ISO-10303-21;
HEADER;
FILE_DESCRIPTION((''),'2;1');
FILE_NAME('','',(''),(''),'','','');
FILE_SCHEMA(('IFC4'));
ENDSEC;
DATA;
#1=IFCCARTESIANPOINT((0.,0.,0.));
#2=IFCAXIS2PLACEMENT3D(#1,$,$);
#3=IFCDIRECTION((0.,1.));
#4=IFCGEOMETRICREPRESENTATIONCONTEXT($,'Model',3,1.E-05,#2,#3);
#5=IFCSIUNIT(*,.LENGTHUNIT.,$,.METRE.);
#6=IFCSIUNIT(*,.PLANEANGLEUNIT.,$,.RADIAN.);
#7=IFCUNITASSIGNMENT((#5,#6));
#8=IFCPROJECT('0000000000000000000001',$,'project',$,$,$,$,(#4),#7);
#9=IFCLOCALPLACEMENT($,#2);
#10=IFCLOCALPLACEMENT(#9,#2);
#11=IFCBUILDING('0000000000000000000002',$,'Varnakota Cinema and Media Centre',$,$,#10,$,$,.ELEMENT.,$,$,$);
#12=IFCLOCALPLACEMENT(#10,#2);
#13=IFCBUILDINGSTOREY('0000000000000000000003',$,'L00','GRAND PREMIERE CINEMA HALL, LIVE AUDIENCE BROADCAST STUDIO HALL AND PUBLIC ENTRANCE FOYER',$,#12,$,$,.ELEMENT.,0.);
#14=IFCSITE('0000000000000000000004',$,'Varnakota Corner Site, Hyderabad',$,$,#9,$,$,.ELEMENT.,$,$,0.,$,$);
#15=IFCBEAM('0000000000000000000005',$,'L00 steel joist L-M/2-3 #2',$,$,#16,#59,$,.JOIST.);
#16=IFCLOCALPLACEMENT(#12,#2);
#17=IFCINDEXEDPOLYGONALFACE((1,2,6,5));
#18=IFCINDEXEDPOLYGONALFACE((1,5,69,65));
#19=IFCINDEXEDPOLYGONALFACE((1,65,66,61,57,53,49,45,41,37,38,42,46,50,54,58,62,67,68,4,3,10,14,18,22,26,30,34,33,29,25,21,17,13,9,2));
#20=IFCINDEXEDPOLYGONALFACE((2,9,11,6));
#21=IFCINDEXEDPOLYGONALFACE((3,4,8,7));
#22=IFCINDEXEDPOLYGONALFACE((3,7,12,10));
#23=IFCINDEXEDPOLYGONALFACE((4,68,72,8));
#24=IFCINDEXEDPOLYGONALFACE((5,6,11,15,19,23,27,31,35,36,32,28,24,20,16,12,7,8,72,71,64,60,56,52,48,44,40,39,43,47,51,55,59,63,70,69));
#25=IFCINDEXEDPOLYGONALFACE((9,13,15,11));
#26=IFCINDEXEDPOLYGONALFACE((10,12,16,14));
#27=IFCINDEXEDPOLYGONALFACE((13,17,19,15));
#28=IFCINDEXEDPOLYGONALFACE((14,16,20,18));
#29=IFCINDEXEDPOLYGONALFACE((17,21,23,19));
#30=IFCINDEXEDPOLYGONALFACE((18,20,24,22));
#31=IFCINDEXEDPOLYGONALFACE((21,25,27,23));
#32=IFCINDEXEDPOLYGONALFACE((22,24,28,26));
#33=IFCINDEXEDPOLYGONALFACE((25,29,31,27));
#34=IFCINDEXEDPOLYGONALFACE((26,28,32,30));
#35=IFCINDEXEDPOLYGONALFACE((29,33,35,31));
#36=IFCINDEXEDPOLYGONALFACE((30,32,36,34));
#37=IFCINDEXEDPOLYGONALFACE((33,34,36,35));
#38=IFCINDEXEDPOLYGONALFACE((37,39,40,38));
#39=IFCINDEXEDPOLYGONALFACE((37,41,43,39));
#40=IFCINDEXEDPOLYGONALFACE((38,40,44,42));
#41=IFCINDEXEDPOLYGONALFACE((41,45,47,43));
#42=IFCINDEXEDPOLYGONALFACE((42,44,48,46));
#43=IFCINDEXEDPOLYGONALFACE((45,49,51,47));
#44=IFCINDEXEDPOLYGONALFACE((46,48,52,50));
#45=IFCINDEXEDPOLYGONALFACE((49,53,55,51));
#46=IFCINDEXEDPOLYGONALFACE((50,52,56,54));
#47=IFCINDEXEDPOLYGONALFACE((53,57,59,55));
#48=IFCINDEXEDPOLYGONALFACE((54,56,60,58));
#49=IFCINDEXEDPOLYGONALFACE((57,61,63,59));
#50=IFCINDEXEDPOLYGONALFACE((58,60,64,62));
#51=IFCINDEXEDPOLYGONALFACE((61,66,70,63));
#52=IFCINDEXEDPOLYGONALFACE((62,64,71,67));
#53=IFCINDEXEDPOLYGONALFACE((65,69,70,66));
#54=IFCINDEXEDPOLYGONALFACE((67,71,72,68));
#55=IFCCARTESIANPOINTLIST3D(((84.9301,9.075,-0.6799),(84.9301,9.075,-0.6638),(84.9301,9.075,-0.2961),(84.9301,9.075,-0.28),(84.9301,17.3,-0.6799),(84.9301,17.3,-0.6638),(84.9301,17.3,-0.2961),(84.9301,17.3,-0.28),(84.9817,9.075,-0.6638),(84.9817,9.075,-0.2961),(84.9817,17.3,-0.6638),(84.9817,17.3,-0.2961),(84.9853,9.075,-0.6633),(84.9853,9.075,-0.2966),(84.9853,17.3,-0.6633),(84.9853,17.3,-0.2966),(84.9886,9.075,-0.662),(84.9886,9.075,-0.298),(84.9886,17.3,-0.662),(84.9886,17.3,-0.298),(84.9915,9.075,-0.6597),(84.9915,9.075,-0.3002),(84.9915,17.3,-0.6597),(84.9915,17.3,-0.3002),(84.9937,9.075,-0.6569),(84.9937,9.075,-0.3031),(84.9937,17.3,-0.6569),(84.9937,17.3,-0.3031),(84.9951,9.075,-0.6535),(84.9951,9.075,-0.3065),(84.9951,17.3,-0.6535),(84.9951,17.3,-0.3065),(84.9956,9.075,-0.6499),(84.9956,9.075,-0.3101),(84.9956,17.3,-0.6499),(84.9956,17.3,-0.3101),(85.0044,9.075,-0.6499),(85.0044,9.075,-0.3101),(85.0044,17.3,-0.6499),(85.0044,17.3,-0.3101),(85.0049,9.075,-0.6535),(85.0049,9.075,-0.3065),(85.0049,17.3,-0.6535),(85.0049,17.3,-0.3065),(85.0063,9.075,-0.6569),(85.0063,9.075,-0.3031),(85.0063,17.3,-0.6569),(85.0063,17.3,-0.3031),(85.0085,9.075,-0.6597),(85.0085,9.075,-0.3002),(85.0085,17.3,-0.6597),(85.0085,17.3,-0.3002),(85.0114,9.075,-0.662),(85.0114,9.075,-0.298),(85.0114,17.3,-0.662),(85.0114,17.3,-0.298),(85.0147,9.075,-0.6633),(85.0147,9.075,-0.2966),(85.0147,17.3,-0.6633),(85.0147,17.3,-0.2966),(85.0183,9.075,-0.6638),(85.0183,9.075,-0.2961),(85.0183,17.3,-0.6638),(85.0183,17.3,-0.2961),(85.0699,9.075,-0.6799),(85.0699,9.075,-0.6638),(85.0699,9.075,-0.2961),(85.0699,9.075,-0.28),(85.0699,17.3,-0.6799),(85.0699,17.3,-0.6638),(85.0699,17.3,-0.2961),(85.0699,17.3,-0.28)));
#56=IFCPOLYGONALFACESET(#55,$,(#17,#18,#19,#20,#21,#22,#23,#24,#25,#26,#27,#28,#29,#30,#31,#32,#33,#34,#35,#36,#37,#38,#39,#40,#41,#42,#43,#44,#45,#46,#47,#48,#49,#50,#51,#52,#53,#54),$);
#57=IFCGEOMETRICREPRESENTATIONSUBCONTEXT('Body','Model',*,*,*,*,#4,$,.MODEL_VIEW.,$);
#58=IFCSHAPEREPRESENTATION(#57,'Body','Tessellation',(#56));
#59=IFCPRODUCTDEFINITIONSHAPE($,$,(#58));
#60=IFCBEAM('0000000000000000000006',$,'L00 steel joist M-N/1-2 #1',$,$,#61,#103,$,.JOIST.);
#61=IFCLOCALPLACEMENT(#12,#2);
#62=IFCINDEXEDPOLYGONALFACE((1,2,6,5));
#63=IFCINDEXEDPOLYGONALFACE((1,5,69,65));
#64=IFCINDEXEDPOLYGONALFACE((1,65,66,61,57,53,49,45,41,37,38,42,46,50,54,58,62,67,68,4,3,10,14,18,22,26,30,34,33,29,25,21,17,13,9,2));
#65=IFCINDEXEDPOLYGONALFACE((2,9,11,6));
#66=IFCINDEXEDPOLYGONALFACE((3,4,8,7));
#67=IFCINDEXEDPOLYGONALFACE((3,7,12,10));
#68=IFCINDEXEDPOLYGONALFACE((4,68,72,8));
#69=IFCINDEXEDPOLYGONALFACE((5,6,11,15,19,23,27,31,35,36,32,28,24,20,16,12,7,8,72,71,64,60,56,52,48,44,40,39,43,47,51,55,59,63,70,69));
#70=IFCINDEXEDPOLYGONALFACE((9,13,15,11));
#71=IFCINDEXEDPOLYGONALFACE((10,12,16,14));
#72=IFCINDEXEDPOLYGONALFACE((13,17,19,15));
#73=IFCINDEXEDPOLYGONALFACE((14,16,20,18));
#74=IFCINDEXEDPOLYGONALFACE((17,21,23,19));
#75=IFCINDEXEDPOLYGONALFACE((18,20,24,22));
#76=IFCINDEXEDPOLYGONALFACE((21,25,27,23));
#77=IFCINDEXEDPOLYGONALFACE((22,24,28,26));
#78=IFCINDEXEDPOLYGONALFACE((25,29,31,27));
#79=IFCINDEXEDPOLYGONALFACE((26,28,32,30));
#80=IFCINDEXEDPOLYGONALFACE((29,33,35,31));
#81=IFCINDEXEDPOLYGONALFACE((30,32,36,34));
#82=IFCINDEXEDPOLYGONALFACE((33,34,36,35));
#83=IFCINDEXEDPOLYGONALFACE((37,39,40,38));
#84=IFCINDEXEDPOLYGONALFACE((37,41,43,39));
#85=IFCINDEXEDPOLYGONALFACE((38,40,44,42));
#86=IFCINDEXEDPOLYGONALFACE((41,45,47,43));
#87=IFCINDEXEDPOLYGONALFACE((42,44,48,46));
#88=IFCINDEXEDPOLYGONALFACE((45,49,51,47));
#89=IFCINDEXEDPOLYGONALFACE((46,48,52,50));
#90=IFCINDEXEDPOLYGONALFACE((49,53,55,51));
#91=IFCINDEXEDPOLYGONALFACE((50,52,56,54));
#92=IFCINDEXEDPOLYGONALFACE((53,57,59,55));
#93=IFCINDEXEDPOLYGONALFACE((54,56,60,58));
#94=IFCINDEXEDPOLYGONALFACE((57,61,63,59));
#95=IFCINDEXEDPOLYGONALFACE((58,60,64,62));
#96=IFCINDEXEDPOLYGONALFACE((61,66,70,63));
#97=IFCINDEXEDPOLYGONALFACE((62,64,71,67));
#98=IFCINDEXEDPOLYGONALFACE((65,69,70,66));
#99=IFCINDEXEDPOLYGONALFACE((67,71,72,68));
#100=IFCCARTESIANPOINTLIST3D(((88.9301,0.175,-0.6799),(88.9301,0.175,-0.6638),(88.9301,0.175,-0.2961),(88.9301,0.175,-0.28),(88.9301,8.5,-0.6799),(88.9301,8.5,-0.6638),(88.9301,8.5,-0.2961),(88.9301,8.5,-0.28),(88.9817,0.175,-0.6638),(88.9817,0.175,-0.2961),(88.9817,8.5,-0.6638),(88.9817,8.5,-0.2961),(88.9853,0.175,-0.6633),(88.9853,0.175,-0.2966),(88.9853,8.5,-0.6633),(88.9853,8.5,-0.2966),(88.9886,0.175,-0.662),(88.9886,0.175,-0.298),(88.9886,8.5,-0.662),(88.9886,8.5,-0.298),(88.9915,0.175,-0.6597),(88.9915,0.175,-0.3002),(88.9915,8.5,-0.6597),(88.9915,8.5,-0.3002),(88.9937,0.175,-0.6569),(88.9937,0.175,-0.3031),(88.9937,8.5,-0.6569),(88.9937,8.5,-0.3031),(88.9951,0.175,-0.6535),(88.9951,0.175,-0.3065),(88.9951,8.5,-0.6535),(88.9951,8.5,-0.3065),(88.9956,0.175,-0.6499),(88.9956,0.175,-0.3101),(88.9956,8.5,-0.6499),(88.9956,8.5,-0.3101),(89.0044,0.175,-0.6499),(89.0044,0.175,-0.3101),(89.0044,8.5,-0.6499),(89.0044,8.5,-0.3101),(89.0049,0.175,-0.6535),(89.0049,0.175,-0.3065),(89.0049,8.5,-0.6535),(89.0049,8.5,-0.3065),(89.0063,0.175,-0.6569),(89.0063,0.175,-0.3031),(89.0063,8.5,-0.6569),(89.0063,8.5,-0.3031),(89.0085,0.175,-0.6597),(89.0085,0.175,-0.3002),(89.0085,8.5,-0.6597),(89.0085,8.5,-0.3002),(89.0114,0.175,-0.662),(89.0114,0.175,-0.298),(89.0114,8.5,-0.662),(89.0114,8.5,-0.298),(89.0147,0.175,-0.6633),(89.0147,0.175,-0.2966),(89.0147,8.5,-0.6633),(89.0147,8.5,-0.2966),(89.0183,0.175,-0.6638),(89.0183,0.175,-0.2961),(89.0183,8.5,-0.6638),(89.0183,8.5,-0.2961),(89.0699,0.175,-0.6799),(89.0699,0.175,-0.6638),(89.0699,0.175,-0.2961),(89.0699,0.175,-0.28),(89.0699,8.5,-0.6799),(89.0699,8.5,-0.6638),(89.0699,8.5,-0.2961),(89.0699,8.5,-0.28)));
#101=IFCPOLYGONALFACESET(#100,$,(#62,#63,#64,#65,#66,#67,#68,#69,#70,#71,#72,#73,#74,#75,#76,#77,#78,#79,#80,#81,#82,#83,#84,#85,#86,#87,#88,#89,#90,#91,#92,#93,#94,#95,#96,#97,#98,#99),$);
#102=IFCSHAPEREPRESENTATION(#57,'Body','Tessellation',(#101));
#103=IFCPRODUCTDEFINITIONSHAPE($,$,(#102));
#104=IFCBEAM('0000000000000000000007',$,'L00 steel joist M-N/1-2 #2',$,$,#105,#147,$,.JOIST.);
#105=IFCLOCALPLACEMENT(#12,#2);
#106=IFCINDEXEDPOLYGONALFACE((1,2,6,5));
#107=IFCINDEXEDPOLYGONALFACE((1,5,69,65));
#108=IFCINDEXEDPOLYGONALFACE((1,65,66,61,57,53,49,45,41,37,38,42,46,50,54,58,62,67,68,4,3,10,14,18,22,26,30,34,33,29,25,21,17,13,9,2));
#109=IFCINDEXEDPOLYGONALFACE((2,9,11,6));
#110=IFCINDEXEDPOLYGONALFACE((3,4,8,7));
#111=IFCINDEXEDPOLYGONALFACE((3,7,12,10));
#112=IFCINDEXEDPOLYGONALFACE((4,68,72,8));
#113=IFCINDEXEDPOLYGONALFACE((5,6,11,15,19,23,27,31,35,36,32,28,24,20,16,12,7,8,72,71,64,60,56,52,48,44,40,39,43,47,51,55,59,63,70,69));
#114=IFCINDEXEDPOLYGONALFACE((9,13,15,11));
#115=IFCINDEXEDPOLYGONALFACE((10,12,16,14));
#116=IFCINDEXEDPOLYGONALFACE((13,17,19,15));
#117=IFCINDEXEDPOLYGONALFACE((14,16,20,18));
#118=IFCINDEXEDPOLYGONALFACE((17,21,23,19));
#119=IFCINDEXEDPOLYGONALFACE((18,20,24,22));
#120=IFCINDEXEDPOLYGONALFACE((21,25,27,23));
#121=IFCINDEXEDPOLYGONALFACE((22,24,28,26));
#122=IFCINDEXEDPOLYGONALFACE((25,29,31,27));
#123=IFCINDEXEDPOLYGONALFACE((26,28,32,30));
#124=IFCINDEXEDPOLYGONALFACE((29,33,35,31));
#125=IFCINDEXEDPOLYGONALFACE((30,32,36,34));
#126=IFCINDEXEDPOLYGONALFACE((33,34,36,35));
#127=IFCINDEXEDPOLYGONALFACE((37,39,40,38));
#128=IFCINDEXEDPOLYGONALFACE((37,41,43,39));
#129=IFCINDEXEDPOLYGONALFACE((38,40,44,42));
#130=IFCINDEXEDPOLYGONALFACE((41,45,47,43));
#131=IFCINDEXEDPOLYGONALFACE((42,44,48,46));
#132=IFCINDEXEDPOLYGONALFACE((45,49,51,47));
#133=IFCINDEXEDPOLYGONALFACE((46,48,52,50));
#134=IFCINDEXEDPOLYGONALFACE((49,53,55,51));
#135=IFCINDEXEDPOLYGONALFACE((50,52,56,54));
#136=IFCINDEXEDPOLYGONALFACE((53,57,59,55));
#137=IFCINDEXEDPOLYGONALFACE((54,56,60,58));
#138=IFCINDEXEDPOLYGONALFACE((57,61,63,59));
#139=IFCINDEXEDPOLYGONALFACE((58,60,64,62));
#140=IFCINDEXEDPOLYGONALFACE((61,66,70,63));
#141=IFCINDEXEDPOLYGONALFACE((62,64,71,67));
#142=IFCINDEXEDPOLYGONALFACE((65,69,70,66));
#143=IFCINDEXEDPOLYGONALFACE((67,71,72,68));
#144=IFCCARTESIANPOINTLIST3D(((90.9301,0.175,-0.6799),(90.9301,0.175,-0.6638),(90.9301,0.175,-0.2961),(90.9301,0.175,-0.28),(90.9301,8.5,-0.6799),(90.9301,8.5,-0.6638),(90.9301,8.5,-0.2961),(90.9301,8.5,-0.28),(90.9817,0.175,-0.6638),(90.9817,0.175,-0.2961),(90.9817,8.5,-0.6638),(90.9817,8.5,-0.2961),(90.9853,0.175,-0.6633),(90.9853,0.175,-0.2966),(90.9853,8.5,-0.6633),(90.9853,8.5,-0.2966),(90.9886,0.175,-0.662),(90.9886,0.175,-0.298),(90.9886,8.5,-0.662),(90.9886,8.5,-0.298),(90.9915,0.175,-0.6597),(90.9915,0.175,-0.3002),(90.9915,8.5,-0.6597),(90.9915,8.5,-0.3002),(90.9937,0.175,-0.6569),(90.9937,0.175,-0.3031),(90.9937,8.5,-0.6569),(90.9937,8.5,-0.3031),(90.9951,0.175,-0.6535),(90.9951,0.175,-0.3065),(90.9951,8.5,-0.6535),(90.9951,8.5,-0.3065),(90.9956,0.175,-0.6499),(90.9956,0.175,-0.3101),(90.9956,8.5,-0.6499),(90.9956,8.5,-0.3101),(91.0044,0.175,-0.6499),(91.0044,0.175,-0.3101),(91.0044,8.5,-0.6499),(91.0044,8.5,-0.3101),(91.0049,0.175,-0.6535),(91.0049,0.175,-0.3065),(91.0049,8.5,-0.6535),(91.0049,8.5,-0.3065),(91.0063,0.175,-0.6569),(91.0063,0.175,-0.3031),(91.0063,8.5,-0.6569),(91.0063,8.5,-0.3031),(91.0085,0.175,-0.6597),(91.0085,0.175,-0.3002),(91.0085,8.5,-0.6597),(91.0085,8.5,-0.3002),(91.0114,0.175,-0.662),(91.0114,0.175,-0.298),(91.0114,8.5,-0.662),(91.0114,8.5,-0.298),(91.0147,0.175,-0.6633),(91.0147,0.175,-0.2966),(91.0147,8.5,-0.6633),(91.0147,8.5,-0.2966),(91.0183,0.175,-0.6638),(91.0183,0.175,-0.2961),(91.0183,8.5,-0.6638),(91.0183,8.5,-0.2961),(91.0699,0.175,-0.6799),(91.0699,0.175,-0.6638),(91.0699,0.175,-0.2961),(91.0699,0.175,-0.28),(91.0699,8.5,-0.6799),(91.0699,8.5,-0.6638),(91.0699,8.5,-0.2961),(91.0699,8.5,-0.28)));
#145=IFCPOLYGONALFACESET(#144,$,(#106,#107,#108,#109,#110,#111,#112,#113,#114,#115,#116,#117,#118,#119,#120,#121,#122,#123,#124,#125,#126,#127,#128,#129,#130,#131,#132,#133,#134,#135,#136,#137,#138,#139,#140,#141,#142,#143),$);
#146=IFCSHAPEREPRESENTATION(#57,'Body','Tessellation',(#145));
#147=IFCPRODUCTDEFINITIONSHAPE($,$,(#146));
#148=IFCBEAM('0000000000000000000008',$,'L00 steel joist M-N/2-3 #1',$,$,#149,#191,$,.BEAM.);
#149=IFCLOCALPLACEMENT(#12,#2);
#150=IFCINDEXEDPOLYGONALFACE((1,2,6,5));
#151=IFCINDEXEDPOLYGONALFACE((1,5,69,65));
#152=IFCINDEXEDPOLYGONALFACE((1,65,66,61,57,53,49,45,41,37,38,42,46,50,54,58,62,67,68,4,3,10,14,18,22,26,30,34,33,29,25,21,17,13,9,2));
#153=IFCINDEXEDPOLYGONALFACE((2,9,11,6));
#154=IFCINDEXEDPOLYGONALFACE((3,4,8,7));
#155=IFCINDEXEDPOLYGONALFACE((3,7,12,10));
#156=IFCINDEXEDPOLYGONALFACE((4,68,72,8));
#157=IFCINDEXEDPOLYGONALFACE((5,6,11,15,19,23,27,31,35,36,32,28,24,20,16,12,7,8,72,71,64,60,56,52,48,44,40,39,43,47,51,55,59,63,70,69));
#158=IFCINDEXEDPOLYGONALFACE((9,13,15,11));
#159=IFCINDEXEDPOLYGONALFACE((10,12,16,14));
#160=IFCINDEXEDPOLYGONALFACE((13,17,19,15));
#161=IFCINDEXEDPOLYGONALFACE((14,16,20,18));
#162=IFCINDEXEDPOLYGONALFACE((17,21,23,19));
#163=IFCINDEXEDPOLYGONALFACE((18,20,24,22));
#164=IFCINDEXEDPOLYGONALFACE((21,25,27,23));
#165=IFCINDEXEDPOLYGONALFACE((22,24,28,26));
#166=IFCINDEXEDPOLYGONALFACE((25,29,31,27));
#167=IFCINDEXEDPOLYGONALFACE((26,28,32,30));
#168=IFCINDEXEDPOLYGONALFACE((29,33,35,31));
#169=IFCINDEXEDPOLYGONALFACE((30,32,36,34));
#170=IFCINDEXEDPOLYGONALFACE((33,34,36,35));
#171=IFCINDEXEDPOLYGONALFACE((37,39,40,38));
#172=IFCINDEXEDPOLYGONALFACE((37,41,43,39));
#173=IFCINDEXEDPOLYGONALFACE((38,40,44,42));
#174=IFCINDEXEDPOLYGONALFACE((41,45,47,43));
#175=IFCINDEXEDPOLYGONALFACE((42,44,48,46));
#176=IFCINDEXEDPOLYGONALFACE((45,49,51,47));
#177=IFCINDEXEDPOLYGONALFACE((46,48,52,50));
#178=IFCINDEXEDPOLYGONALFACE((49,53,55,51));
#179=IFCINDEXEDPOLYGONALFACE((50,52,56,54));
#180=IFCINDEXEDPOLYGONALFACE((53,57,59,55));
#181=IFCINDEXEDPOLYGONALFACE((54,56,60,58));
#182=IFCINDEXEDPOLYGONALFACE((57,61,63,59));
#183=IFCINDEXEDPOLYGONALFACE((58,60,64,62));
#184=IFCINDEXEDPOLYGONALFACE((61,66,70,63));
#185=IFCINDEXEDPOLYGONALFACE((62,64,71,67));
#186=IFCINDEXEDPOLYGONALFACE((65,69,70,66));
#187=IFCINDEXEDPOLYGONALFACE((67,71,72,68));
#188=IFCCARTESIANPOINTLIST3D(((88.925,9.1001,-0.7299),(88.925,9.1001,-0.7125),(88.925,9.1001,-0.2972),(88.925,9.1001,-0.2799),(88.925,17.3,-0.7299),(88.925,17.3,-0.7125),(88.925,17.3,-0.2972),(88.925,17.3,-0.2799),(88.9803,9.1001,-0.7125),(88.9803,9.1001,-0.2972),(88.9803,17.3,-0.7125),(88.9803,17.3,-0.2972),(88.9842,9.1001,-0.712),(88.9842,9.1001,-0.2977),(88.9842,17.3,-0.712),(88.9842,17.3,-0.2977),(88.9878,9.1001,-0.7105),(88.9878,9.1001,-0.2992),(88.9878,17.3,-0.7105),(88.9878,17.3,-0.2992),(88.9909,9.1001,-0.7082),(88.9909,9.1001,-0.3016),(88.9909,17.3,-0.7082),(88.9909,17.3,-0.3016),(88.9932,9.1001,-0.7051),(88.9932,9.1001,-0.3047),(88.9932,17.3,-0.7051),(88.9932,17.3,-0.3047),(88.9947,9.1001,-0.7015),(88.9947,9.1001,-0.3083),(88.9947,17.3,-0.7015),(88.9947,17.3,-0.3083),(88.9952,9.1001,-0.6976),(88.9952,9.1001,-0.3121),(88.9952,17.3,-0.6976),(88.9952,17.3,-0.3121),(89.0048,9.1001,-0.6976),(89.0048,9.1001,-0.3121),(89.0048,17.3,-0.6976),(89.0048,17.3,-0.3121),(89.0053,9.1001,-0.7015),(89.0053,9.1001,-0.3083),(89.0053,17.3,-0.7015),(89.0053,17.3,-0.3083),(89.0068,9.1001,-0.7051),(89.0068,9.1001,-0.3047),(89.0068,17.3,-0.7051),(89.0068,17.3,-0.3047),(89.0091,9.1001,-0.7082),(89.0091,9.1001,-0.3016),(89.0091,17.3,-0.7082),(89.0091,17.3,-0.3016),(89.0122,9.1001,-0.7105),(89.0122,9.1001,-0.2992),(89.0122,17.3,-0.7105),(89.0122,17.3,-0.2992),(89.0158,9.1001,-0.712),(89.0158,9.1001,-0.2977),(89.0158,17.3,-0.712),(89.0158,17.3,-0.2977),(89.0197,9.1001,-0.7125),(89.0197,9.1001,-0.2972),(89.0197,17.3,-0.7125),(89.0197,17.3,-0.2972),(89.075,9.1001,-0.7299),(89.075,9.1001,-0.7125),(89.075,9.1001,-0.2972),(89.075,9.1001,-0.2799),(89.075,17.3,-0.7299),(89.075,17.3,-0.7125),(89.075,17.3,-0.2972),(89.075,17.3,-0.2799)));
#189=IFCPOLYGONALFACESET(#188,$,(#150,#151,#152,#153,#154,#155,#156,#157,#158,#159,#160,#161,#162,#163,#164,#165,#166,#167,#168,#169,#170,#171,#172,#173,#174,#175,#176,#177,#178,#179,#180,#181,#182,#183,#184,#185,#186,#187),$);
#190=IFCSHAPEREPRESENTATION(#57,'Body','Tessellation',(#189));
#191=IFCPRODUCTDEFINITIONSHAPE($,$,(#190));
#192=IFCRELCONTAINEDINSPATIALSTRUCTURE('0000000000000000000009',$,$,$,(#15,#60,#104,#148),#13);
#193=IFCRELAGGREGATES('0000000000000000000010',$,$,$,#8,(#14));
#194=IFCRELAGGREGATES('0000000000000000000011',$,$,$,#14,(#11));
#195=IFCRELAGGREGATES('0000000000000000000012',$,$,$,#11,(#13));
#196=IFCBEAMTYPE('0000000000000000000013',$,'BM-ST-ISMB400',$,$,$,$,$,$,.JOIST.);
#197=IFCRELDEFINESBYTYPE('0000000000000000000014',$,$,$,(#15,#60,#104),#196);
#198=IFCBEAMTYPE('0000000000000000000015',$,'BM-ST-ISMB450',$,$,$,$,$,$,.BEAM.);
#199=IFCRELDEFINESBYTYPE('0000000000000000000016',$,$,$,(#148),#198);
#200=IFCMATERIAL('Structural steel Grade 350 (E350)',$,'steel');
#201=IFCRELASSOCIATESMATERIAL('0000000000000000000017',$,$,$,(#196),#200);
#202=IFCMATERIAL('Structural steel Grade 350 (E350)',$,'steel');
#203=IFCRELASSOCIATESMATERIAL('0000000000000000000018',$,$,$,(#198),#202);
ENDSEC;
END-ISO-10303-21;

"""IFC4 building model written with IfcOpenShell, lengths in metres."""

from ifc_helpers import new_model, si_unit, direction, frame, origin, origin_2d, place, context, subcontext, project, spatial, i_section, extrude, material, material_profile, profile_set, type_object, element, save


model = new_model("IFC4")

# Units and contexts
model_context = context("Model", 3, precision=1e-05, world=origin(), true_north=direction((0.0, 1.0)))
body_context = subcontext(model_context, "Body", "Model", "MODEL_VIEW")
ifc_project = project(units=[si_unit("LENGTHUNIT", "METRE"), si_unit("PLANEANGLEUNIT", "RADIAN")], contexts=[model_context])

# Site, building, storey
site_placement = place(None, origin())
site = spatial("IfcSite", under=ifc_project, at=site_placement, Name="Varnakota Corner Site, Hyderabad", CompositionType="ELEMENT", RefElevation=0.0)
building_placement = place(site_placement, origin())
building = spatial("IfcBuilding", under=site, at=building_placement, Name="Varnakota Cinema and Media Centre", CompositionType="ELEMENT")
storey_placement = place(building_placement, origin())
storey = spatial("IfcBuildingStorey", under=building, at=storey_placement, Name="L00", Description="GRAND PREMIERE CINEMA HALL, LIVE AUDIENCE BROADCAST STUDIO HALL AND PUBLIC ENTRANCE FOYER", CompositionType="ELEMENT", Elevation=0.0)

# Beams
ifc_material_1 = material(Name="Structural steel Grade 350 (E350)", Category="steel")
ifc_material_profile_1 = material_profile(ifc_material_1, i_section(OverallWidth=0.1399, OverallDepth=0.3999, WebThickness=0.0088, FlangeThickness=0.0161, FilletRadius=0.0139, at=origin_2d()), Name="ISMB 400")
ifc_profile_set_1 = profile_set([ifc_material_profile_1], Name="Structural steel Grade 350 (E350)")
beam_type_1 = type_object("IfcBeamType", Name="BM-ST-ISMB400", PredefinedType="JOIST", material=ifc_profile_set_1)
for number, where, z_axis, x_axis, name in (
    (1, (85.0, 9.075, -0.48), (0.0, 1.0, 0.0), (-1.0, 0.0, 0.0), "L00 steel joist L-M/2-3 #2"),
):
    element("IfcBeam", number, at=place(storey_placement, frame(where, z_axis=z_axis, x_axis=x_axis)), inside=storey, type_object=beam_type_1, Name=name, PredefinedType="JOIST", context=body_context, shape_type="SweptSolid", body=[
        extrude(i_section(OverallWidth=0.1399, OverallDepth=0.3999, WebThickness=0.0088, FlangeThickness=0.0161, FilletRadius=0.0139, at=origin_2d()), origin(), (0.0, 0.0, 1.0), 8.2251),
    ])
for number, where, z_axis, x_axis, name in (
    (2, (89.0, 0.175, -0.48), (0.0, 1.0, 0.0), (-1.0, 0.0, 0.0), "L00 steel joist M-N/1-2 #1"),
    (3, (91.0, 0.175, -0.48), (0.0, 1.0, 0.0), (-1.0, 0.0, 0.0), "L00 steel joist M-N/1-2 #2"),
):
    element("IfcBeam", number, at=place(storey_placement, frame(where, z_axis=z_axis, x_axis=x_axis)), inside=storey, type_object=beam_type_1, Name=name, PredefinedType="JOIST", context=body_context, shape_type="SweptSolid", body=[
        extrude(i_section(OverallWidth=0.1399, OverallDepth=0.3999, WebThickness=0.0088, FlangeThickness=0.0161, FilletRadius=0.0139, at=origin_2d()), origin(), (0.0, 0.0, 1.0), 8.325),
    ])
ifc_material_2 = material(Name="Structural steel Grade 350 (E350)", Category="steel")
ifc_material_profile_2 = material_profile(ifc_material_2, i_section(OverallWidth=0.1499, OverallDepth=0.45, WebThickness=0.0095, FlangeThickness=0.0173, FilletRadius=0.0149, at=origin_2d()), Name="ISMB 450")
ifc_profile_set_2 = profile_set([ifc_material_profile_2], Name="Structural steel Grade 350 (E350)")
beam_type_2 = type_object("IfcBeamType", Name="BM-ST-ISMB450", PredefinedType="BEAM", material=ifc_profile_set_2)
for number, where, z_axis, x_axis, name in (
    (4, (89.0, 9.1001, -0.5049), (0.0, 1.0, 0.0), (-1.0, 0.0, 0.0), "L00 steel joist M-N/2-3 #1"),
):
    element("IfcBeam", number, at=place(storey_placement, frame(where, z_axis=z_axis, x_axis=x_axis)), inside=storey, type_object=beam_type_2, Name=name, PredefinedType="BEAM", context=body_context, shape_type="SweptSolid", body=[
        extrude(i_section(OverallWidth=0.1499, OverallDepth=0.45, WebThickness=0.0095, FlangeThickness=0.0173, FilletRadius=0.0149, at=origin_2d()), origin(), (0.0, 0.0, 1.0), 8.2),
    ])

save(model, "model.ifc")
